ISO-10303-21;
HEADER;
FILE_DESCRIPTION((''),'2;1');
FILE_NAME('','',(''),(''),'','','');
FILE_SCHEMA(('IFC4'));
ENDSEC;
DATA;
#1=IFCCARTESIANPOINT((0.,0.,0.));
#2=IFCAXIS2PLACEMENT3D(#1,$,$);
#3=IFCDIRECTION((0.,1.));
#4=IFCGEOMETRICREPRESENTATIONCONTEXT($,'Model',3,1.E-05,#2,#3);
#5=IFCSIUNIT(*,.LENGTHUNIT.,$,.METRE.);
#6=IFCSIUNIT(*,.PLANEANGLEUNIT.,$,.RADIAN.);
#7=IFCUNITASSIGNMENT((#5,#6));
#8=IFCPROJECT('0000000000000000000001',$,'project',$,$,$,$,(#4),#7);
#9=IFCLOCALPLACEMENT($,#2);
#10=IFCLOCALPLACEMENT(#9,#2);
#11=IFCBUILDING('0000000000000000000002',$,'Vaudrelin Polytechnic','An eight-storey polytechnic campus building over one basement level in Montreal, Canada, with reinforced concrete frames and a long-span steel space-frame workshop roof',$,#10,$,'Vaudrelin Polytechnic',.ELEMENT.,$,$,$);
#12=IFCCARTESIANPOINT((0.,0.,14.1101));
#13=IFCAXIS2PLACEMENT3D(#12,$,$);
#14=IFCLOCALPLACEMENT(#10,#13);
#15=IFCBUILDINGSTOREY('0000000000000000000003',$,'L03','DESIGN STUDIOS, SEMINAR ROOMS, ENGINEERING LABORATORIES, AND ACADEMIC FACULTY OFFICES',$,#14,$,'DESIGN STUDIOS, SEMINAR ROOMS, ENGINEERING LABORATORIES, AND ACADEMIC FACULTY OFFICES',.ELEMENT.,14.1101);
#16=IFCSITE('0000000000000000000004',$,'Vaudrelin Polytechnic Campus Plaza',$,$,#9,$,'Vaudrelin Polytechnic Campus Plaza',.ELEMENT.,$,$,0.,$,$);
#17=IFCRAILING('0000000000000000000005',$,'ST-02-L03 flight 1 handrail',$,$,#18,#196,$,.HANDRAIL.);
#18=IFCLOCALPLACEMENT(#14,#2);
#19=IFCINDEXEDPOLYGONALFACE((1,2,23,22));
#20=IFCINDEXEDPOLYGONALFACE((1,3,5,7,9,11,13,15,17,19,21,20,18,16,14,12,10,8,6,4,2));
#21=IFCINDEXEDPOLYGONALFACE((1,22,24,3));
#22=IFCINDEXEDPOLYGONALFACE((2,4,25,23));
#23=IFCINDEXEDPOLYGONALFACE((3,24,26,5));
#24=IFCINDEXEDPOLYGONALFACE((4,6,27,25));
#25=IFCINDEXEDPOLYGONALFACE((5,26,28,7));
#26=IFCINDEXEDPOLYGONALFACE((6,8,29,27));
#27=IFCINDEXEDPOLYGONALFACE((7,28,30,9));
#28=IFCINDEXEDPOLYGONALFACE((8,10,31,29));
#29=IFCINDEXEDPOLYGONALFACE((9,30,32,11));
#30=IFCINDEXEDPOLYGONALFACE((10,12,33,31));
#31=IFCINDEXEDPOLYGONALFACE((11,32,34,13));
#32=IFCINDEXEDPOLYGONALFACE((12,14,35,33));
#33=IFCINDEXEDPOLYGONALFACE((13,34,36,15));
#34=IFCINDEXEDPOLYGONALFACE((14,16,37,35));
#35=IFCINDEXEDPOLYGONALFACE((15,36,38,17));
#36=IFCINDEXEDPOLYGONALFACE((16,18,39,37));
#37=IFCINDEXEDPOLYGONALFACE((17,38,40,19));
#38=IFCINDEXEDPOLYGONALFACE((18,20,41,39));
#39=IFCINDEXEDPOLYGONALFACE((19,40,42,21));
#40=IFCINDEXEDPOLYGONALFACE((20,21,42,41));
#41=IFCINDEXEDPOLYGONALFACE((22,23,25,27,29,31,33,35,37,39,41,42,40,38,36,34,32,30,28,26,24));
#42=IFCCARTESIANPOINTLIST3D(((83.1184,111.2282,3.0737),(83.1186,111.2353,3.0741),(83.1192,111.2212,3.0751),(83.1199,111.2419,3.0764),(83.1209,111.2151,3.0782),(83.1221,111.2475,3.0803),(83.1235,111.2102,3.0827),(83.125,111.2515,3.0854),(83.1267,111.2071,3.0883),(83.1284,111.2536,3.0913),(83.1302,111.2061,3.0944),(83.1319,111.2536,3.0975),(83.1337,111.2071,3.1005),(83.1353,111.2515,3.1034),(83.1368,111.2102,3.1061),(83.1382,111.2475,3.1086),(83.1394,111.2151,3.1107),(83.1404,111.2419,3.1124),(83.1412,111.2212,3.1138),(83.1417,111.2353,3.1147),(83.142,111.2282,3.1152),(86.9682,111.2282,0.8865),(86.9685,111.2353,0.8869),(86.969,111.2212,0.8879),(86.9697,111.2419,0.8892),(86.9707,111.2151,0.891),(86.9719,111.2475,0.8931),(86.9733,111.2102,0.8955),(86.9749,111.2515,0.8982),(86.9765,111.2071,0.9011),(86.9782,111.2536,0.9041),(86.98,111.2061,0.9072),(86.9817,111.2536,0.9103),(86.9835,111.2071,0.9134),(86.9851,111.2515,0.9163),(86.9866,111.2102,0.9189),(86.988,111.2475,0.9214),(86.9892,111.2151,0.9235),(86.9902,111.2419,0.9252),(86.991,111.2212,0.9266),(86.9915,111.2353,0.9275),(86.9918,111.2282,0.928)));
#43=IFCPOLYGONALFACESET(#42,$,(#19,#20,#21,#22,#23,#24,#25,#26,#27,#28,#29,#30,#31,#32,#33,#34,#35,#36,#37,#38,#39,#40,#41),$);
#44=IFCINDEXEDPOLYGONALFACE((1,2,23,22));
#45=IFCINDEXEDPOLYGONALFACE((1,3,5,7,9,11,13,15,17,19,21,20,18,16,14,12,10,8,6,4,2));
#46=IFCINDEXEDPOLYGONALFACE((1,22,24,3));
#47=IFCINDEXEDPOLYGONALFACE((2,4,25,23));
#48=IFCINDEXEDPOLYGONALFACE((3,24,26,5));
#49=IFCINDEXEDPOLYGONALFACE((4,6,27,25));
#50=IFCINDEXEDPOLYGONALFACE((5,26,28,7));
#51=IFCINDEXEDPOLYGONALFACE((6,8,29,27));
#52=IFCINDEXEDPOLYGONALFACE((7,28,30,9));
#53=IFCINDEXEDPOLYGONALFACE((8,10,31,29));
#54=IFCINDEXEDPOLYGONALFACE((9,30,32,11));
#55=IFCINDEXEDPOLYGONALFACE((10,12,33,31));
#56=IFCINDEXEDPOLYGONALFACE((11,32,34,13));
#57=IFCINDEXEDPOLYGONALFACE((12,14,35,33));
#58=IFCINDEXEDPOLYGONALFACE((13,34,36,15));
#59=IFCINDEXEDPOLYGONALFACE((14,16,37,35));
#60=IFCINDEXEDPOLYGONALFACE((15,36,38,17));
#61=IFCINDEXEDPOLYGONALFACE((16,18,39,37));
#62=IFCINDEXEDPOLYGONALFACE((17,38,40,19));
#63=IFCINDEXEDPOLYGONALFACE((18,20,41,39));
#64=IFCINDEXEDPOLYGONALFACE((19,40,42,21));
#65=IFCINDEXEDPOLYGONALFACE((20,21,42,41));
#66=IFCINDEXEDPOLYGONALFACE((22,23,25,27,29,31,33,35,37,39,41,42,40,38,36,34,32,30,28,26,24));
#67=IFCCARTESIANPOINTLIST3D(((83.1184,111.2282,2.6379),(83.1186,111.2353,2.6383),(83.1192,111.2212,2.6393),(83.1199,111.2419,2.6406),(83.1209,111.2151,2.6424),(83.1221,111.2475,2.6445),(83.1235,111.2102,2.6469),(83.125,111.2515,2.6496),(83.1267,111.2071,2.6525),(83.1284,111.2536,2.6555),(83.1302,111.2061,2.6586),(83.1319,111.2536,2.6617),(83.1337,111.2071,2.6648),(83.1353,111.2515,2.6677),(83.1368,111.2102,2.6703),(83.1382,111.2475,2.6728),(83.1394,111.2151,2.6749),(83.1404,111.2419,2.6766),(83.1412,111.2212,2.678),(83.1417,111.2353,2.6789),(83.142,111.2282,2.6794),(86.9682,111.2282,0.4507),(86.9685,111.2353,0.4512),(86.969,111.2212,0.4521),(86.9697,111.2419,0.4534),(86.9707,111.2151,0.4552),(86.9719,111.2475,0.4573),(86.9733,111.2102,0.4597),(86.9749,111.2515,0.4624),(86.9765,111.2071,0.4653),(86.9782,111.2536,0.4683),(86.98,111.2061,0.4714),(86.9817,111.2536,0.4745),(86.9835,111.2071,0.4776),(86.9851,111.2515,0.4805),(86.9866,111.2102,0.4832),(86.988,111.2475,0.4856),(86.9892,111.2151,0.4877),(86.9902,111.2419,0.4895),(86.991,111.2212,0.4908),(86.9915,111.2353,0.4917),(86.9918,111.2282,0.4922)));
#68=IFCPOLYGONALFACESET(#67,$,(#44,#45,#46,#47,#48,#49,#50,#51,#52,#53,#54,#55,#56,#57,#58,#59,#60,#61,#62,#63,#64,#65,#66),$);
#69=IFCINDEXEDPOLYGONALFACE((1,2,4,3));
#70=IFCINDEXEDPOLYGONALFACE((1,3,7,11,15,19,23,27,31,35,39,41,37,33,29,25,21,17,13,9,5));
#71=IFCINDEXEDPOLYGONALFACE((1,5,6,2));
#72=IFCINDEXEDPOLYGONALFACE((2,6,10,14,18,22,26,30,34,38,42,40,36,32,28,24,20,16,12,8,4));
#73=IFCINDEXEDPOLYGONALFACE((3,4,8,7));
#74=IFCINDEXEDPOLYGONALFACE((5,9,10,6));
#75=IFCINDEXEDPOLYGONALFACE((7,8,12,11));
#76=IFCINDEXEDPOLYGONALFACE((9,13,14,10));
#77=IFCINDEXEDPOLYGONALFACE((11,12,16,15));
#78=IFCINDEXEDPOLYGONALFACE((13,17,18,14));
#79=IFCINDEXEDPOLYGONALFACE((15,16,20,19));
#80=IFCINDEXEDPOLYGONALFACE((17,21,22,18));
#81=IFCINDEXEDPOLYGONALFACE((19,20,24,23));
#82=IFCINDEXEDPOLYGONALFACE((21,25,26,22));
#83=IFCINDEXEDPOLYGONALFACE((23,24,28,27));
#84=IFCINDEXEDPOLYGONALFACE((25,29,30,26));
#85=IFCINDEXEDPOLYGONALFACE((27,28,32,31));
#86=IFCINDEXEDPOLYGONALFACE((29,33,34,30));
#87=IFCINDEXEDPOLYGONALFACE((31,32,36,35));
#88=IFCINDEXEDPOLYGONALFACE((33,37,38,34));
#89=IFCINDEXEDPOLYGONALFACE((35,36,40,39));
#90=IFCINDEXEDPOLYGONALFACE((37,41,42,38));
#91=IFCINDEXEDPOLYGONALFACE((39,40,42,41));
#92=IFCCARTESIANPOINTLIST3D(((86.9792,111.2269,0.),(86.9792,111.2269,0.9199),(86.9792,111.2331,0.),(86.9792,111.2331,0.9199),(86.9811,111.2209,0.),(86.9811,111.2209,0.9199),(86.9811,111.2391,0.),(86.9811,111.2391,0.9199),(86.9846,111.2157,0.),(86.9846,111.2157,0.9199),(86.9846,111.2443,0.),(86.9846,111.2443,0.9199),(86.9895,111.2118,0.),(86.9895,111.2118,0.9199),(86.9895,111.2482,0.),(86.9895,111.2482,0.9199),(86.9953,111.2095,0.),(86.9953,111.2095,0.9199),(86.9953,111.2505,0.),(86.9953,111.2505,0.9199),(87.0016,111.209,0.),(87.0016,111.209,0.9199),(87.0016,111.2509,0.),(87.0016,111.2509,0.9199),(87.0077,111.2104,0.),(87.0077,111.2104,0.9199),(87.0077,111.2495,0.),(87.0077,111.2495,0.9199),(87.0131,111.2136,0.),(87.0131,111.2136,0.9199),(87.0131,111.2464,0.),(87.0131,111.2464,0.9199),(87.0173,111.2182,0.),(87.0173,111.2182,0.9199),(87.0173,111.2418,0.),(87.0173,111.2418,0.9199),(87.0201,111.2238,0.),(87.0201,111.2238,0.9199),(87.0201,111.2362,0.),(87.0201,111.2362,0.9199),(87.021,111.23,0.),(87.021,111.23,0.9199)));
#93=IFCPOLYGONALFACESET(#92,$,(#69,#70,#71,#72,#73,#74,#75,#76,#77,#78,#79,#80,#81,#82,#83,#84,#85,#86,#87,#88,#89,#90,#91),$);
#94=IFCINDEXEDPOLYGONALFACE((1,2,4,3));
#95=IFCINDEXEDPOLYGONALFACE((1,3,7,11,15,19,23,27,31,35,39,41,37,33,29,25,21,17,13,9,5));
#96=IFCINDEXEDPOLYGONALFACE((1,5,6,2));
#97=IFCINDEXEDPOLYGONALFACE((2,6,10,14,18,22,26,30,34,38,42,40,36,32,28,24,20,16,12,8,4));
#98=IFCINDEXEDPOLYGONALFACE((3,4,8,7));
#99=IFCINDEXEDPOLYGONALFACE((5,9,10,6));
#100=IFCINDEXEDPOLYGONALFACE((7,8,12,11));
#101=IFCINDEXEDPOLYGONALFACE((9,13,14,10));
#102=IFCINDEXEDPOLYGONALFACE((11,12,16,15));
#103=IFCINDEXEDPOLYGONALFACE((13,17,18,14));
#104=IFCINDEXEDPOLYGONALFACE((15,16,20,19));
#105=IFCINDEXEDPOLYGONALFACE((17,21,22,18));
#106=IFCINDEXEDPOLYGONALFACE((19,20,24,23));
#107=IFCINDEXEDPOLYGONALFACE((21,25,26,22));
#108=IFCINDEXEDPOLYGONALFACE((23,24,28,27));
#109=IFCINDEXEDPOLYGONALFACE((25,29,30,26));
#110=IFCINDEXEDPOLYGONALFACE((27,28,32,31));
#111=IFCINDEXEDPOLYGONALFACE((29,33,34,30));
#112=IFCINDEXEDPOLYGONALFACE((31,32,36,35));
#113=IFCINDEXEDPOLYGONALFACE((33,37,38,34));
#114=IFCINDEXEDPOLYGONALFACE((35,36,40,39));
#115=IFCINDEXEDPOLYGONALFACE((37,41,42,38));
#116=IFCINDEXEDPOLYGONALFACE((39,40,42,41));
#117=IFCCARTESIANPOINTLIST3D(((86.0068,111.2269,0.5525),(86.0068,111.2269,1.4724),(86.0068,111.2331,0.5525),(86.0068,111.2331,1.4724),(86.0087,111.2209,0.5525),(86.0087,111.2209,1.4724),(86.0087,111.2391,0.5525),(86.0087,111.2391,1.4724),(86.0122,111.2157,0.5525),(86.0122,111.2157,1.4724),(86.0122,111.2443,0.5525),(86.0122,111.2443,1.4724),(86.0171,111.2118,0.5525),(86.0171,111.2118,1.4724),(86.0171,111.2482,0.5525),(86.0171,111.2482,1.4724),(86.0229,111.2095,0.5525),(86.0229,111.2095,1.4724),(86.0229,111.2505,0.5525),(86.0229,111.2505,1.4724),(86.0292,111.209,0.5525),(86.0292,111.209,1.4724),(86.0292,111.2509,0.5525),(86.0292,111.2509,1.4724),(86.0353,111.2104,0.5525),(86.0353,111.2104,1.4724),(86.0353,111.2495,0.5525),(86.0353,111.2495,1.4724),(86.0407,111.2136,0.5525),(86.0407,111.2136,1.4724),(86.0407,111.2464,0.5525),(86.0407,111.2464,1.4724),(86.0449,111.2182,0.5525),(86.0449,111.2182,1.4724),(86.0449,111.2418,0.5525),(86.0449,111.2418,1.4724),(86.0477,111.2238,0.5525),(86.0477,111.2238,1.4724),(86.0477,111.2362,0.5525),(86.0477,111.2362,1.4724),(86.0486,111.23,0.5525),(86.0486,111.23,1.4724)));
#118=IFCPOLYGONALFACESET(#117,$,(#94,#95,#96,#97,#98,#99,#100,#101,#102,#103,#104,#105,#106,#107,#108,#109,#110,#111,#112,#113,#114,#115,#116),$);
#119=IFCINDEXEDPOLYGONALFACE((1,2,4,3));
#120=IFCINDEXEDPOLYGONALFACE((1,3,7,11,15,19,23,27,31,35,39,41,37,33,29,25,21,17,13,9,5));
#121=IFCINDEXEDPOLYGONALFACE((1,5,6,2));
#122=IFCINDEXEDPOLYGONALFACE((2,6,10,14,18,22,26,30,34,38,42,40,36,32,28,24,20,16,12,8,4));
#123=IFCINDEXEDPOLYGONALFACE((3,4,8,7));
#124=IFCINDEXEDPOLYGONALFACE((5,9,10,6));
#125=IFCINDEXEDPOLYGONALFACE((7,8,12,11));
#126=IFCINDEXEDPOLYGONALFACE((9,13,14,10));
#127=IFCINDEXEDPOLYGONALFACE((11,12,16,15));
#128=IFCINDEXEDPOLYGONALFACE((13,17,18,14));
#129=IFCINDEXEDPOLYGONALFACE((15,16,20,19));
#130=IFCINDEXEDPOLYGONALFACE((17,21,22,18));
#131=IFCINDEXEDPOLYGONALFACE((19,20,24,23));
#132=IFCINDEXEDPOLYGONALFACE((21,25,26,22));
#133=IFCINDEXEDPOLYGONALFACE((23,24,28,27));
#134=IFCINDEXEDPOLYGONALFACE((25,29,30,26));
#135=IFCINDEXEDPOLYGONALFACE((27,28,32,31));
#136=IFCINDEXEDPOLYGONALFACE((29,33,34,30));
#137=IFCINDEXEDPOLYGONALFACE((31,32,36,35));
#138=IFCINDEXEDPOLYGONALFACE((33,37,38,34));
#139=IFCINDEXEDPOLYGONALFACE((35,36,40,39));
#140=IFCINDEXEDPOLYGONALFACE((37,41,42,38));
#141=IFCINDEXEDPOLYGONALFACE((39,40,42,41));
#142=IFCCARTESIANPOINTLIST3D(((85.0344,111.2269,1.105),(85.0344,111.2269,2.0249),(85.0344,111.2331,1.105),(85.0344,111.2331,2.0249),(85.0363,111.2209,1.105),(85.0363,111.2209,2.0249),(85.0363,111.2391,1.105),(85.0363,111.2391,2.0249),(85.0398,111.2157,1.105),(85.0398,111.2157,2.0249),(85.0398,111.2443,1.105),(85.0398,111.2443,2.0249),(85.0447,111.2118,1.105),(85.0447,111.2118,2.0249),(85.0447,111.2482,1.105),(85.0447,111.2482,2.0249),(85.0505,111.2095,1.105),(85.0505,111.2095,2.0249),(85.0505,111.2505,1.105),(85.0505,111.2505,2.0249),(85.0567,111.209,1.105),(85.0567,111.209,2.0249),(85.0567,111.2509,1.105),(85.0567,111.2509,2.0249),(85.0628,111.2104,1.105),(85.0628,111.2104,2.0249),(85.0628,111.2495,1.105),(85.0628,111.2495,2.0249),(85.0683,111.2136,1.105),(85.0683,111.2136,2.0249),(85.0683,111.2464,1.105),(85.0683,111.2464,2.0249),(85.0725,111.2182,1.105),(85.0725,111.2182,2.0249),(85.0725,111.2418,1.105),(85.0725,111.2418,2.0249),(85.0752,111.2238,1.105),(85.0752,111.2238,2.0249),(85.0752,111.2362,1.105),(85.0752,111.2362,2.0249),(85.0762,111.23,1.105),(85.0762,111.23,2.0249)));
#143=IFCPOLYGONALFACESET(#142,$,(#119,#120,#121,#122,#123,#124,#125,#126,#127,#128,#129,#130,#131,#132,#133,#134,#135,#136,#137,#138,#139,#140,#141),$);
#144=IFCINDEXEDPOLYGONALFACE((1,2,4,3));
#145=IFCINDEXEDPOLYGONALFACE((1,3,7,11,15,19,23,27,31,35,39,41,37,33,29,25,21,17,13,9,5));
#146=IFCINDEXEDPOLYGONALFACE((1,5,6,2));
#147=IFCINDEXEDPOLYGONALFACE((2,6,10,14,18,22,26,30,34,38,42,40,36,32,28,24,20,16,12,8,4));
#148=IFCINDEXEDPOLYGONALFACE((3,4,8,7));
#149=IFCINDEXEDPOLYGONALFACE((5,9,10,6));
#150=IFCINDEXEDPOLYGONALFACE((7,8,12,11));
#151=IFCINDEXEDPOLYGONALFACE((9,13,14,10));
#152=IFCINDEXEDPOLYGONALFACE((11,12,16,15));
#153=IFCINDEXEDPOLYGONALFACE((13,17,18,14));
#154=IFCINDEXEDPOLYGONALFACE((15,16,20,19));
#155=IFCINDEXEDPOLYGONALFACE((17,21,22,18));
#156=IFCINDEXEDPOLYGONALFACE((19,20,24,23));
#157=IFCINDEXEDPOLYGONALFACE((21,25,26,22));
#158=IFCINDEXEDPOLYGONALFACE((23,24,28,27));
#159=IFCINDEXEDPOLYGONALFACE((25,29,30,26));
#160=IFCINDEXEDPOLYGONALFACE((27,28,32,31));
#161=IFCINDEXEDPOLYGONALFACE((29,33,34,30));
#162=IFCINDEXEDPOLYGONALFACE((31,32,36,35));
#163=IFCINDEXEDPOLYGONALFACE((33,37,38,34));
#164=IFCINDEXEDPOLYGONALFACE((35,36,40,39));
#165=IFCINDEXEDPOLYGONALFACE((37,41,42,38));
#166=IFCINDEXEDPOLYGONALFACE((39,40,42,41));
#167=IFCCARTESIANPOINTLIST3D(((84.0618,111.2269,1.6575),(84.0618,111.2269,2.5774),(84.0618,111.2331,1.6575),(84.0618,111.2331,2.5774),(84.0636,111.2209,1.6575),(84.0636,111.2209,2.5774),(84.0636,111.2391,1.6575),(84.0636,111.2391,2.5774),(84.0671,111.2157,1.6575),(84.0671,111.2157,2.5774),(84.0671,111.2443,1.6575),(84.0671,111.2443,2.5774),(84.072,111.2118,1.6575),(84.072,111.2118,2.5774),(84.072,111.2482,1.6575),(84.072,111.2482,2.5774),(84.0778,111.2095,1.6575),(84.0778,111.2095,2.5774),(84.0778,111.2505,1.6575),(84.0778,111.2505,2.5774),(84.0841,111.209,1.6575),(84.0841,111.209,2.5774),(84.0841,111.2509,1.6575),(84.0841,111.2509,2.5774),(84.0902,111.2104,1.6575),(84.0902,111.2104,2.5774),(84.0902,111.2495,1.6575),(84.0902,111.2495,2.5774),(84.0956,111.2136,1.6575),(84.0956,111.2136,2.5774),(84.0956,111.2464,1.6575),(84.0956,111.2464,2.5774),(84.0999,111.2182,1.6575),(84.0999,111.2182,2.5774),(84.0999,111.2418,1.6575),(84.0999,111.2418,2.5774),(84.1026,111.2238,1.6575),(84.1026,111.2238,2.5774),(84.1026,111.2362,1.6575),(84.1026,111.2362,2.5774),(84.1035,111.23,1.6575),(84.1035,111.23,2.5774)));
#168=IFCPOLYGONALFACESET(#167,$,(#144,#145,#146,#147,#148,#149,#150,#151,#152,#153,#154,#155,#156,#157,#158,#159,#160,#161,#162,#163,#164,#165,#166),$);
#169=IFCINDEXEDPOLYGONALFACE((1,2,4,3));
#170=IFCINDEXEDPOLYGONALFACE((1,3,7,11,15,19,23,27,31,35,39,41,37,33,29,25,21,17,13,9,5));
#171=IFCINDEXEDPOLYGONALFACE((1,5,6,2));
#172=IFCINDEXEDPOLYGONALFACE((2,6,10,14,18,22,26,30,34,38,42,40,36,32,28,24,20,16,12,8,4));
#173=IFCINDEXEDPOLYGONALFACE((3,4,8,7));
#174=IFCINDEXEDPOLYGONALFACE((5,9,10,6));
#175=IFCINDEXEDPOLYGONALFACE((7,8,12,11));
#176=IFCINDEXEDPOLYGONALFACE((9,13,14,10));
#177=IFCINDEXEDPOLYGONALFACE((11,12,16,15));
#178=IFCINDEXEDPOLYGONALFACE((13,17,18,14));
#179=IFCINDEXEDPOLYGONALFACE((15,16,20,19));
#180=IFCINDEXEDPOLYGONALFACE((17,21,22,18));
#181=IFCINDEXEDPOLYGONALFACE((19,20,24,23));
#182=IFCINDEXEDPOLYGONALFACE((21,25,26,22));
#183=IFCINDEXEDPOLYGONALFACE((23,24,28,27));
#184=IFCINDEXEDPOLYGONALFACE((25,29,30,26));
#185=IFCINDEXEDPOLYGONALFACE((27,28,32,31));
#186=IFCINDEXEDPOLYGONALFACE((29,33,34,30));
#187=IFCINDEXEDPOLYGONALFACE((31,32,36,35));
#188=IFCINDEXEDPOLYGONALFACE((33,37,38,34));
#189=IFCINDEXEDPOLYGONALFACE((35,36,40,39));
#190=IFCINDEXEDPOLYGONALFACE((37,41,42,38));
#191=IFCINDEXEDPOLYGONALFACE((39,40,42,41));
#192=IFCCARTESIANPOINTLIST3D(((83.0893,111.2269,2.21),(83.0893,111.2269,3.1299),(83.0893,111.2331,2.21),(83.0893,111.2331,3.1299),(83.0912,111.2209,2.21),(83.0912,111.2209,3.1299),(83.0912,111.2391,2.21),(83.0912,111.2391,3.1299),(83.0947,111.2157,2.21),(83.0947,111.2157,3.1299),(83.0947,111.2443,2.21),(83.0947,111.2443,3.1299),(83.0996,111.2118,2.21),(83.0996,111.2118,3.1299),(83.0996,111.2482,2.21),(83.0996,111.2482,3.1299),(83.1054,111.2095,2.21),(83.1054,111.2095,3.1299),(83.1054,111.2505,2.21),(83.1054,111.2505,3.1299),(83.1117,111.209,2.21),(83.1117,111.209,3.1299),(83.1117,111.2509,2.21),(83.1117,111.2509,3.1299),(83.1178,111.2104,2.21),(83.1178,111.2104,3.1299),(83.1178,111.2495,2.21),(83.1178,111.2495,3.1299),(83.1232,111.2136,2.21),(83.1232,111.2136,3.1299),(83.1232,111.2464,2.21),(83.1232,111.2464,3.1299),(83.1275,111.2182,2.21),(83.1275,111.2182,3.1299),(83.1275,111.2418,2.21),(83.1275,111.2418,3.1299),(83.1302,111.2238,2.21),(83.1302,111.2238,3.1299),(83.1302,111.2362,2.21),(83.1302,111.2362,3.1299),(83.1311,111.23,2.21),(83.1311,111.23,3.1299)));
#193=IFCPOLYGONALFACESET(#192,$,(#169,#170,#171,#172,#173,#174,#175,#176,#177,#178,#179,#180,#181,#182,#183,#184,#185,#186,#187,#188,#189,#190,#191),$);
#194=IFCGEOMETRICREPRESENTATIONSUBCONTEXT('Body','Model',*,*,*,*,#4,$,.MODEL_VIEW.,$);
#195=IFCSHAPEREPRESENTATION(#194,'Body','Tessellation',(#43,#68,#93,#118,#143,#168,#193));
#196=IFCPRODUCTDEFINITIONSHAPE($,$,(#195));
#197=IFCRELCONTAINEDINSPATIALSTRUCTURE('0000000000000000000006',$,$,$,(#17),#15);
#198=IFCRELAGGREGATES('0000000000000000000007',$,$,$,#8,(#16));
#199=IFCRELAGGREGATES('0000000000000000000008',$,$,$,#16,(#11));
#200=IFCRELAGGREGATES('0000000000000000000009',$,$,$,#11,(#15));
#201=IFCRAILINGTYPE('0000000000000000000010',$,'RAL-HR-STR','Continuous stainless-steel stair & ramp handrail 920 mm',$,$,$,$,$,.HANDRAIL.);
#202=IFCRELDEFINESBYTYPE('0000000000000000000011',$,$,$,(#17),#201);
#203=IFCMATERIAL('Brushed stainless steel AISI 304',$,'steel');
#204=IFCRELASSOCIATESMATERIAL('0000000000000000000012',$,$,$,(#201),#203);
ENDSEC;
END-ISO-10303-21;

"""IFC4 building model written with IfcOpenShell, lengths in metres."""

from ifc_helpers import new_model, si_unit, direction, frame, origin, origin_2d, place, context, subcontext, project, spatial, circle, extrude, material, type_object, element, save


model = new_model("IFC4")

# Units and contexts
model_context = context("Model", 3, precision=1e-05, world=origin(), true_north=direction((0.0, 1.0)))
body_context = subcontext(model_context, "Body", "Model", "MODEL_VIEW")
ifc_project = project(units=[si_unit("LENGTHUNIT", "METRE"), si_unit("PLANEANGLEUNIT", "RADIAN")], contexts=[model_context])

# Site, building, storey
site_placement = place(None, origin())
site = spatial("IfcSite", under=ifc_project, at=site_placement, Name="Vaudrelin Polytechnic Campus Plaza", LongName="Vaudrelin Polytechnic Campus Plaza", CompositionType="ELEMENT", RefElevation=0.0)
building_placement = place(site_placement, origin())
building = spatial("IfcBuilding", under=site, at=building_placement, Name="Vaudrelin Polytechnic", Description="An eight-storey polytechnic campus building over one basement level in Montreal, Canada, with reinforced concrete frames and a long-span steel space-frame workshop roof", LongName="Vaudrelin Polytechnic", CompositionType="ELEMENT")
storey_placement = place(building_placement, frame((0.0, 0.0, 14.1101)))
storey = spatial("IfcBuildingStorey", under=building, at=storey_placement, Name="L03", Description="DESIGN STUDIOS, SEMINAR ROOMS, ENGINEERING LABORATORIES, AND ACADEMIC FACULTY OFFICES", LongName="DESIGN STUDIOS, SEMINAR ROOMS, ENGINEERING LABORATORIES, AND ACADEMIC FACULTY OFFICES", CompositionType="ELEMENT", Elevation=14.1101)

# Railing
ifc_material_1 = material(Name="Brushed stainless steel AISI 304", Category="steel")
railing_type_1 = type_object("IfcRailingType", Name="RAL-HR-STR", Description="Continuous stainless-steel stair & ramp handrail 920 mm", PredefinedType="HANDRAIL", material=ifc_material_1)
railing_1_placement = place(storey_placement, frame((87.0, 111.23, 0.0)))
element("IfcRailing", 1, at=railing_1_placement, inside=storey, type_object=railing_type_1, Name="ST-02-L03 flight 1 handrail", PredefinedType="HANDRAIL", context=body_context, shape_type="SweptSolid", body=[
    extrude(circle(Radius=0.0239, at=origin_2d()), frame((-0.02, 0.0, 0.9072), z_axis=(-0.869476, 0.0, 0.493975), x_axis=(0.0, -1.0, 0.0)), (0.0, 0.0, 1.0), 4.4277),
    extrude(circle(Radius=0.0239, at=origin_2d()), frame((-0.02, 0.0, 0.4714), z_axis=(-0.869476, 0.0, 0.493975), x_axis=(0.0, -1.0, 0.0)), (0.0, 0.0, 1.0), 4.4277),
    extrude(circle(Radius=0.021, at=origin_2d()), origin(), (0.0, 0.0, 1.0), 0.9199),
    extrude(circle(Radius=0.021, at=origin_2d()), frame((-0.9724, 0.0, 0.5525)), (0.0, 0.0, 1.0), 0.9199),
    extrude(circle(Radius=0.021, at=origin_2d()), frame((-1.9448, 0.0, 1.105)), (0.0, 0.0, 1.0), 0.9199),
    extrude(circle(Radius=0.021, at=origin_2d()), frame((-2.9175, 0.0, 1.6575)), (0.0, 0.0, 1.0), 0.9199),
    extrude(circle(Radius=0.021, at=origin_2d()), frame((-3.8899, 0.0, 2.21)), (0.0, 0.0, 1.0), 0.9199),
])

save(model, "model.ifc")
